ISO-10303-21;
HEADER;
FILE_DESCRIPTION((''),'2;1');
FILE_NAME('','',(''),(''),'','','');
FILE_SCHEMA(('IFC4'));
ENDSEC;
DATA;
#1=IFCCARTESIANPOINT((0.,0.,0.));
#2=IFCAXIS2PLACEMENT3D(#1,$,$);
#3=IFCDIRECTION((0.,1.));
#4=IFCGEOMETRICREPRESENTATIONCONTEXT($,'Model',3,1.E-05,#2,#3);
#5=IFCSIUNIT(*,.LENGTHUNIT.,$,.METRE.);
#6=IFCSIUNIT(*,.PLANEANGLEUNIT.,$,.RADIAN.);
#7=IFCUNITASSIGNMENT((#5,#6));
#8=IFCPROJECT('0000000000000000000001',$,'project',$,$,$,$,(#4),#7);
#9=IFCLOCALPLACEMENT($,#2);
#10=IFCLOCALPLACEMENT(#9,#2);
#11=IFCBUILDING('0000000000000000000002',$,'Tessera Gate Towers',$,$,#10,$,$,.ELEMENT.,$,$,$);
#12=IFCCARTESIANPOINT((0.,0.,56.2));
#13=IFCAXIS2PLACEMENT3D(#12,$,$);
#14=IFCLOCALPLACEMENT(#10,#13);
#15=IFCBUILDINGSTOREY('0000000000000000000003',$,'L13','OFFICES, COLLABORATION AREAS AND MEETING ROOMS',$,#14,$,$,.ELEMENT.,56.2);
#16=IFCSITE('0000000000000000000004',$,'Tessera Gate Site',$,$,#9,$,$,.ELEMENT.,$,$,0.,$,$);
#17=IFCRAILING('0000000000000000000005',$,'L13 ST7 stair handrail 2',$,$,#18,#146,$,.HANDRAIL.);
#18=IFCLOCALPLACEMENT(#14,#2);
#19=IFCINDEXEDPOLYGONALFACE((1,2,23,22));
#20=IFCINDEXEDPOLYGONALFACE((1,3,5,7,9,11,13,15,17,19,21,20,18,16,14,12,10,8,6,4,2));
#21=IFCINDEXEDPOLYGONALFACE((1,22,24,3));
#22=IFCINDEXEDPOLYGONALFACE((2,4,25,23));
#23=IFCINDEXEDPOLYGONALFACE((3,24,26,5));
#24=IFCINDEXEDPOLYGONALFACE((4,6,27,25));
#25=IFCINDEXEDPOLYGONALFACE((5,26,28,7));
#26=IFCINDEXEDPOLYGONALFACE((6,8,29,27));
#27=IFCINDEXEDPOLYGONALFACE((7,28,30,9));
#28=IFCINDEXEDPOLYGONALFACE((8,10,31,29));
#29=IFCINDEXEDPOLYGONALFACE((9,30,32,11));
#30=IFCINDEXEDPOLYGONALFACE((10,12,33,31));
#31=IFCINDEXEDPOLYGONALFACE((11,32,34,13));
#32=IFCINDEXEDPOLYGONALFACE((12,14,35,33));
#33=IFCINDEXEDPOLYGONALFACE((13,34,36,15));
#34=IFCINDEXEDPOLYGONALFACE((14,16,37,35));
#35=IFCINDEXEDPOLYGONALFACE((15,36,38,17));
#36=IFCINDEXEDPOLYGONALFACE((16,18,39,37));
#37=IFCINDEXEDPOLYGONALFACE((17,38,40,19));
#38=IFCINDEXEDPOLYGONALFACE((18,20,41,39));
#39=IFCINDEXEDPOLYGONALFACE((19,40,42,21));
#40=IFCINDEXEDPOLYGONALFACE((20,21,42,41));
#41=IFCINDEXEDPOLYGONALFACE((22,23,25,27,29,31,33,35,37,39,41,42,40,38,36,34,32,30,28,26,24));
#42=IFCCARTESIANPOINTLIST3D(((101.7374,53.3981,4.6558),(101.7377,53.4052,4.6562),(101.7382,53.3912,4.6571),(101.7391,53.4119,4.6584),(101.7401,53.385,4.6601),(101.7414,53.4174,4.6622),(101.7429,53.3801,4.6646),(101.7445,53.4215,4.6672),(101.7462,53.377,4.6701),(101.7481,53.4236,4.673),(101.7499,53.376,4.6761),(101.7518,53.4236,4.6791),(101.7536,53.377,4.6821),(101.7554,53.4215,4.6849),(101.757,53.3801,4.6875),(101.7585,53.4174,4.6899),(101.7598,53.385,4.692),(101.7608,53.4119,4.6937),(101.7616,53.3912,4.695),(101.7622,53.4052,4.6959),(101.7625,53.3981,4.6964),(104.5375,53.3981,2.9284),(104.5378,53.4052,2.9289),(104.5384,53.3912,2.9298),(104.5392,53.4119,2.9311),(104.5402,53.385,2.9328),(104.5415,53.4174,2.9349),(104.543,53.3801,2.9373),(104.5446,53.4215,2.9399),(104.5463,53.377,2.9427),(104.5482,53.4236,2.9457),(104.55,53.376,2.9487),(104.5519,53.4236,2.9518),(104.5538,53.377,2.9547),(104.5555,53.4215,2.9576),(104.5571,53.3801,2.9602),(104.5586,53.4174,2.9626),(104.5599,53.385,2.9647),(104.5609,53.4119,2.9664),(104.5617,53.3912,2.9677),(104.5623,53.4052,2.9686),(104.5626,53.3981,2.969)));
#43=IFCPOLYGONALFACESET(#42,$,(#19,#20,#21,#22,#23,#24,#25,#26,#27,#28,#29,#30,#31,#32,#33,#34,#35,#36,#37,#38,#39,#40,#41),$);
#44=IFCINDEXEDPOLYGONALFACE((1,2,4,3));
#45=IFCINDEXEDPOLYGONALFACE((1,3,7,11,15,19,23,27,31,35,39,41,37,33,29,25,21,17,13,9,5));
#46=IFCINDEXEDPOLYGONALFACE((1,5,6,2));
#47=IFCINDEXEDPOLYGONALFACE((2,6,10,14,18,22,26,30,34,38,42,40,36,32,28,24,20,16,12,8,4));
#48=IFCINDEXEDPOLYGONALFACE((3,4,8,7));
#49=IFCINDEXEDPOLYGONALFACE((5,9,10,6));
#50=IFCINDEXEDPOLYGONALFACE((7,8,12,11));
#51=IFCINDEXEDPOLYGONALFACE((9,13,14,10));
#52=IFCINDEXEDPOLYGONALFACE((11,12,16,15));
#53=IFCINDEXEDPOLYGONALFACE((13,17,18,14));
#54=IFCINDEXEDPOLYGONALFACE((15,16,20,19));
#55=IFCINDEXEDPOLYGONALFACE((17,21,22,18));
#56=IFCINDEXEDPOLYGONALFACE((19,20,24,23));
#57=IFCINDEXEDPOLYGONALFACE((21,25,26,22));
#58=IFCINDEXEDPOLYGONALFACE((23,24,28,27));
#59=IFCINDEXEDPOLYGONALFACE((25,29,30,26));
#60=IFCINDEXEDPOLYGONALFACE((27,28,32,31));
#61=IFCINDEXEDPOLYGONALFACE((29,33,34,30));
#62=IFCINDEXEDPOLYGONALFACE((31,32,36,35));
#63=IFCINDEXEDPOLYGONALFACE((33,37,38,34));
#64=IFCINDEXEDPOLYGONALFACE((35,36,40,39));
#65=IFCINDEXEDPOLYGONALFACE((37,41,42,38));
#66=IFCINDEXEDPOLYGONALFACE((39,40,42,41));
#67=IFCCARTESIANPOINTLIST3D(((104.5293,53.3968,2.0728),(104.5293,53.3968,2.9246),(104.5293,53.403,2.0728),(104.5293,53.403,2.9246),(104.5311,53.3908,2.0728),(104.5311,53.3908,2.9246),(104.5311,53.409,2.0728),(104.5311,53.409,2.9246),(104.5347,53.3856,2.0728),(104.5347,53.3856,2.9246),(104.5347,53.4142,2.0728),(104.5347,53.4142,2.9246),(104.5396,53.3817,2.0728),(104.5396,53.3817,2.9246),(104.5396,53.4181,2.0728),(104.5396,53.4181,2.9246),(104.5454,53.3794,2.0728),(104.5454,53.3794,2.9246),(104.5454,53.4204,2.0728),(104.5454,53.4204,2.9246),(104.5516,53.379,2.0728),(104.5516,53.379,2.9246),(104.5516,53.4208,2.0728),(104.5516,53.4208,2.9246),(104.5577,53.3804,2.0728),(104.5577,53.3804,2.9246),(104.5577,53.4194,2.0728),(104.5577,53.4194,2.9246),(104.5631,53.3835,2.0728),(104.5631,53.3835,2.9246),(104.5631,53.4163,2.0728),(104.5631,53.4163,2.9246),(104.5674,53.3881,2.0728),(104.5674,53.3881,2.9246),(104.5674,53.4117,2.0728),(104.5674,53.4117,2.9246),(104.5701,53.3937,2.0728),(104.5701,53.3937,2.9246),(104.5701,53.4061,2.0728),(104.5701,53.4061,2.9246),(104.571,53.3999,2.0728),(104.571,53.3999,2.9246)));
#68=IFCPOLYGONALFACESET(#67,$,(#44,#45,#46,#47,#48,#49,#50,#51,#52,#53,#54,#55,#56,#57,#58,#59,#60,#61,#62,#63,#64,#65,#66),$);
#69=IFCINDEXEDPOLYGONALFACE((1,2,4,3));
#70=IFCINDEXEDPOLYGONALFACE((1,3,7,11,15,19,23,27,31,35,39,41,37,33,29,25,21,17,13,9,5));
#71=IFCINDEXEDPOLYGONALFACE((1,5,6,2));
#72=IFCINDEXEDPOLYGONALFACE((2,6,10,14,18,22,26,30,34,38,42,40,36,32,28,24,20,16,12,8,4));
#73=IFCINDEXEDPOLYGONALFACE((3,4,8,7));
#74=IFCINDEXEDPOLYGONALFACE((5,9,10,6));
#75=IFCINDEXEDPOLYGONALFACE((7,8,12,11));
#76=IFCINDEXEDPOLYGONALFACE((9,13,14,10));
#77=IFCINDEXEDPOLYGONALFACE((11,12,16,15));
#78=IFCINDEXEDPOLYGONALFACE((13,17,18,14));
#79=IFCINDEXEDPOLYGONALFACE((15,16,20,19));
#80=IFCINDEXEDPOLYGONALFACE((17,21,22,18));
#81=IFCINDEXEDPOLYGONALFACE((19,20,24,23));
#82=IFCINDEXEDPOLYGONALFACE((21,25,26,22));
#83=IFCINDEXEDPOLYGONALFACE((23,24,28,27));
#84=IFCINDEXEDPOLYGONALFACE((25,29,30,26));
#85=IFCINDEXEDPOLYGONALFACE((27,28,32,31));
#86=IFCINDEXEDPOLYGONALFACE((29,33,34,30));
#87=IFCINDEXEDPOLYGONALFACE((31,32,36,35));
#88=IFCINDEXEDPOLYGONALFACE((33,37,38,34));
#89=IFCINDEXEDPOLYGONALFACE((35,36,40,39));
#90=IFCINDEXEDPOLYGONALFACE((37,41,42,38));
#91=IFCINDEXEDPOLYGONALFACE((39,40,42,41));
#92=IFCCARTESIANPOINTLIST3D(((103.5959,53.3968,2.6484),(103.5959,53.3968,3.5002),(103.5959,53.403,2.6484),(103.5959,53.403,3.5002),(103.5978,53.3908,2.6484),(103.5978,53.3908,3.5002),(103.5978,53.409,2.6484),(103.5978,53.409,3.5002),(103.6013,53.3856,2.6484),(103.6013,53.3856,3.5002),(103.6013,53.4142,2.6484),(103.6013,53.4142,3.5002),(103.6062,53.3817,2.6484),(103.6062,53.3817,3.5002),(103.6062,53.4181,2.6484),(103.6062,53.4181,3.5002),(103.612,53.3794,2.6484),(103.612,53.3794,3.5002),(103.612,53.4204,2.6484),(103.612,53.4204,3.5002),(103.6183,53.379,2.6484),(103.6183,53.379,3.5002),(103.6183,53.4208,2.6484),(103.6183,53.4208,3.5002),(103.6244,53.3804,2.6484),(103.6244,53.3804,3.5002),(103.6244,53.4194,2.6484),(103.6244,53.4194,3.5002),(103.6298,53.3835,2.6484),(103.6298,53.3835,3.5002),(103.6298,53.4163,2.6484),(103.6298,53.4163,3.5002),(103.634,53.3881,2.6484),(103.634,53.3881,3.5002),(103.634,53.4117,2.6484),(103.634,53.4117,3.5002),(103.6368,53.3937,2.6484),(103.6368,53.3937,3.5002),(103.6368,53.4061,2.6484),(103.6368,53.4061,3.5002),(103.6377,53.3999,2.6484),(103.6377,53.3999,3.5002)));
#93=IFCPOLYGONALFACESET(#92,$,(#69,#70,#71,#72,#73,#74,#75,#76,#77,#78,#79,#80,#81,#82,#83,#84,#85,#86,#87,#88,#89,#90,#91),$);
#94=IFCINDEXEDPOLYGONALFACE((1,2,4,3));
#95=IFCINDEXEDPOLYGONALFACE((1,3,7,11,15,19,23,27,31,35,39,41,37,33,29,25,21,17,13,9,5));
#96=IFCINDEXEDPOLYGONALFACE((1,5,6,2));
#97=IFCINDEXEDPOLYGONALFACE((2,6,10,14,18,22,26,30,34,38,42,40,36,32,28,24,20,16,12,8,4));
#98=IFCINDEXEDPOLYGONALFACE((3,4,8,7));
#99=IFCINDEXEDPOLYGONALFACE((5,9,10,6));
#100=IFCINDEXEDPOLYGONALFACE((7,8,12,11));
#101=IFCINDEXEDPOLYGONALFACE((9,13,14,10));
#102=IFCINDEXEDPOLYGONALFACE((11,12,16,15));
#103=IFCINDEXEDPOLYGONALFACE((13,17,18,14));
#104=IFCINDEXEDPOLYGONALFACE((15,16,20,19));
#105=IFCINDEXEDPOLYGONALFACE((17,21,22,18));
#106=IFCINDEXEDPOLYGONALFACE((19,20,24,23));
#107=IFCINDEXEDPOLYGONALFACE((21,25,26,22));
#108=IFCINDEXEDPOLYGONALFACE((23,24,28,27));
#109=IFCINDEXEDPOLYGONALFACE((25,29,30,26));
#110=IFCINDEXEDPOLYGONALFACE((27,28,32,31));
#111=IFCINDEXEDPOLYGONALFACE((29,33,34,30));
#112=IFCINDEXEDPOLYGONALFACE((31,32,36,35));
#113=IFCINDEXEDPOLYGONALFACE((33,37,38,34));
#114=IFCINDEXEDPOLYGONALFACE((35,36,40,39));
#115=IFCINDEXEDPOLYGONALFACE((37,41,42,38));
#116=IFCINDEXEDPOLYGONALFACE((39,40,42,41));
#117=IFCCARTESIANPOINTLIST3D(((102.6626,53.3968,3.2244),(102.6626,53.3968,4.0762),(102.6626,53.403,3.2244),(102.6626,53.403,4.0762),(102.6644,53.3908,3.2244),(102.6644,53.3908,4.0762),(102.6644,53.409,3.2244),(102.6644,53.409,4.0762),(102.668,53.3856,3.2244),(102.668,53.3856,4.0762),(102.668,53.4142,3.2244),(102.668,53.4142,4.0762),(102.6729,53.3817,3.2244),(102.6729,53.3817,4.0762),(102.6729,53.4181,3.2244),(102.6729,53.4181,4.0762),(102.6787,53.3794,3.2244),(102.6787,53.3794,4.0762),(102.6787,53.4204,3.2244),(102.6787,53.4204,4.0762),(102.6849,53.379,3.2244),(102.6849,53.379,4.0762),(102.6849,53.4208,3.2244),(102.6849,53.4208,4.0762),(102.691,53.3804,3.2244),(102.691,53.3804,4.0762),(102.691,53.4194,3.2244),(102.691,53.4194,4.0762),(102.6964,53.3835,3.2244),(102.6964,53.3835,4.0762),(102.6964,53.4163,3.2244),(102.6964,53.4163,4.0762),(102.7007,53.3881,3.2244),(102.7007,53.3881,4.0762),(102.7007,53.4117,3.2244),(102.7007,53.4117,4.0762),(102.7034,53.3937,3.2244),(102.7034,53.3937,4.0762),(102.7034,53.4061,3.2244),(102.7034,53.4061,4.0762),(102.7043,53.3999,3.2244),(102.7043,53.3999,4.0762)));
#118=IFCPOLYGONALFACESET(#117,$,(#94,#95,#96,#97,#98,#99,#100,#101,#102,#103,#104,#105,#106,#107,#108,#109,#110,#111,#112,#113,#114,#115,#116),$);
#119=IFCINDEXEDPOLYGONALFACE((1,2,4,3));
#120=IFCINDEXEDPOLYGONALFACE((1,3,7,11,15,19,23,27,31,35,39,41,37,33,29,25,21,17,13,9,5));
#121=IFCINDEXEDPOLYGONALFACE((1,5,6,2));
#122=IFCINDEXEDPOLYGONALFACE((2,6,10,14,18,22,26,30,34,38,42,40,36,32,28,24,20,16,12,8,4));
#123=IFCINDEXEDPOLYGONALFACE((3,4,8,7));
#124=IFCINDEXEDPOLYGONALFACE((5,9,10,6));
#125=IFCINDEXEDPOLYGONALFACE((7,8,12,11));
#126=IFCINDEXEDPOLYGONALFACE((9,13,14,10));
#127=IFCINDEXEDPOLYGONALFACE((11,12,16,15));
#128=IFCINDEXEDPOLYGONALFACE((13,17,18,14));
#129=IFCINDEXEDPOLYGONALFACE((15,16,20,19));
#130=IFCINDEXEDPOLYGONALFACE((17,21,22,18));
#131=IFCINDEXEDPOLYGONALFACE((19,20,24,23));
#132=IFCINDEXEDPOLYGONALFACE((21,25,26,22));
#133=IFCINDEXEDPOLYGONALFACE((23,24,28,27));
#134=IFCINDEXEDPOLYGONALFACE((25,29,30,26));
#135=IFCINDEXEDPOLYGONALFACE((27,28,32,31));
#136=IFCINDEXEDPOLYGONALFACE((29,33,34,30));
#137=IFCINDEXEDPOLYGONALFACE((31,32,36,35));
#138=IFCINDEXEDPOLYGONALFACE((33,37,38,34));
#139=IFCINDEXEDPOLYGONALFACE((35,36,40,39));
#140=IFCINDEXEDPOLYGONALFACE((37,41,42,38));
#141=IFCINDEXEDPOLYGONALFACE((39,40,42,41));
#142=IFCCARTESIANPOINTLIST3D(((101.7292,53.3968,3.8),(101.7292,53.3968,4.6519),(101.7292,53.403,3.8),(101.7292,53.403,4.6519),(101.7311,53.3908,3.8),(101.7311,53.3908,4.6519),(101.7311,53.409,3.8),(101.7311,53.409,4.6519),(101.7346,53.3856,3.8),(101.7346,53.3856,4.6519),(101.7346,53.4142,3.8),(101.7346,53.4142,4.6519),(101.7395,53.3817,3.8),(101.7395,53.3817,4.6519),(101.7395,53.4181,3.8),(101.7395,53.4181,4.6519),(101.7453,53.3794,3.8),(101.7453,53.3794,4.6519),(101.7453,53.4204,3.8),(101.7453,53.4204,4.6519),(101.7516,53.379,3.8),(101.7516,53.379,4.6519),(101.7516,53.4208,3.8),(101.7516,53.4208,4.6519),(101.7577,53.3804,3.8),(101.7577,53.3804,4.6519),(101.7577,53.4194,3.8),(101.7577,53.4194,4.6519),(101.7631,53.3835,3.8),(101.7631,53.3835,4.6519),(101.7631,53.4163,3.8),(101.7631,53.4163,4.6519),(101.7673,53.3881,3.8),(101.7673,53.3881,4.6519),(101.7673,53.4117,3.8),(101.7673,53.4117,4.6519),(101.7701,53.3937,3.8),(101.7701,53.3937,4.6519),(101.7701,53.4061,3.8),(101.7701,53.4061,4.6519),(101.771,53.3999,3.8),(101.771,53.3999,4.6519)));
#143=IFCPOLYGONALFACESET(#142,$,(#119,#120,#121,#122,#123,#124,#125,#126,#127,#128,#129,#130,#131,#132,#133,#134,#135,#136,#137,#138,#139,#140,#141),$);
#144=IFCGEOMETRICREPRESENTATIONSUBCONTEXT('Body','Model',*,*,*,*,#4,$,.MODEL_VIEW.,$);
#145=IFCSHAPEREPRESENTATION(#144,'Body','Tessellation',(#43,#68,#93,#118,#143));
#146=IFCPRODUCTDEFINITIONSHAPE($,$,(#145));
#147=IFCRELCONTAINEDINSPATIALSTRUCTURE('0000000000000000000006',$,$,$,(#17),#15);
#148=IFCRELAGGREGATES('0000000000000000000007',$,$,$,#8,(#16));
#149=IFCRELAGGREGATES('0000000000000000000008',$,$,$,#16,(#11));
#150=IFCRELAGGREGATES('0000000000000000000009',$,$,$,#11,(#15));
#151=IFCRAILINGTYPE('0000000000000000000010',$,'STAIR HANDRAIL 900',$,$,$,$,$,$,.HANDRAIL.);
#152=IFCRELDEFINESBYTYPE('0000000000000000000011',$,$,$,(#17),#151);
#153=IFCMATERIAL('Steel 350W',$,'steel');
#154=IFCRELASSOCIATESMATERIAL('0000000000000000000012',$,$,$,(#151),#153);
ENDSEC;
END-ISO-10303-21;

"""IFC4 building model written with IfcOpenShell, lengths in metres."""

from ifc_helpers import new_model, si_unit, direction, frame, origin, origin_2d, place, context, subcontext, project, spatial, circle, extrude, material, type_object, element, save


model = new_model("IFC4")

# Units and contexts
model_context = context("Model", 3, precision=1e-05, world=origin(), true_north=direction((0.0, 1.0)))
body_context = subcontext(model_context, "Body", "Model", "MODEL_VIEW")
ifc_project = project(units=[si_unit("LENGTHUNIT", "METRE"), si_unit("PLANEANGLEUNIT", "RADIAN")], contexts=[model_context])

# Site, building, storey
site_placement = place(None, origin())
site = spatial("IfcSite", under=ifc_project, at=site_placement, Name="Tessera Gate Site", CompositionType="ELEMENT", RefElevation=0.0)
building_placement = place(site_placement, origin())
building = spatial("IfcBuilding", under=site, at=building_placement, Name="Tessera Gate Towers", CompositionType="ELEMENT")
storey_placement = place(building_placement, frame((0.0, 0.0, 56.2)))
storey = spatial("IfcBuildingStorey", under=building, at=storey_placement, Name="L13", Description="OFFICES, COLLABORATION AREAS AND MEETING ROOMS", CompositionType="ELEMENT", Elevation=56.2)

# Railing
ifc_material_1 = material(Name="Steel 350W", Category="steel")
railing_type_1 = type_object("IfcRailingType", Name="STAIR HANDRAIL 900", PredefinedType="HANDRAIL", material=ifc_material_1)
railing_1_placement = place(storey_placement, frame((104.55, 53.3999, 2.0728)))
element("IfcRailing", 1, at=railing_1_placement, inside=storey, type_object=railing_type_1, Name="L13 ST7 stair handrail 2", PredefinedType="HANDRAIL", context=body_context, shape_type="SweptSolid", body=[
    extrude(circle(Radius=0.0239, at=origin_2d()), frame((0.0, 0.0, 0.876), z_axis=(-0.85109, 0.0, 0.52502), x_axis=(0.0, -1.0, 0.0)), (0.0, 0.0, 1.0), 3.29),
    extrude(circle(Radius=0.021, at=origin_2d()), origin(), (0.0, 0.0, 1.0), 0.8518),
    extrude(circle(Radius=0.021, at=origin_2d()), frame((-0.9333, 0.0, 0.5757)), (0.0, 0.0, 1.0), 0.8518),
    extrude(circle(Radius=0.021, at=origin_2d()), frame((-1.8667, 0.0, 1.1516)), (0.0, 0.0, 1.0), 0.8518),
    extrude(circle(Radius=0.021, at=origin_2d()), frame((-2.8, 0.0, 1.7273)), (0.0, 0.0, 1.0), 0.8518),
])

save(model, "model.ifc")
